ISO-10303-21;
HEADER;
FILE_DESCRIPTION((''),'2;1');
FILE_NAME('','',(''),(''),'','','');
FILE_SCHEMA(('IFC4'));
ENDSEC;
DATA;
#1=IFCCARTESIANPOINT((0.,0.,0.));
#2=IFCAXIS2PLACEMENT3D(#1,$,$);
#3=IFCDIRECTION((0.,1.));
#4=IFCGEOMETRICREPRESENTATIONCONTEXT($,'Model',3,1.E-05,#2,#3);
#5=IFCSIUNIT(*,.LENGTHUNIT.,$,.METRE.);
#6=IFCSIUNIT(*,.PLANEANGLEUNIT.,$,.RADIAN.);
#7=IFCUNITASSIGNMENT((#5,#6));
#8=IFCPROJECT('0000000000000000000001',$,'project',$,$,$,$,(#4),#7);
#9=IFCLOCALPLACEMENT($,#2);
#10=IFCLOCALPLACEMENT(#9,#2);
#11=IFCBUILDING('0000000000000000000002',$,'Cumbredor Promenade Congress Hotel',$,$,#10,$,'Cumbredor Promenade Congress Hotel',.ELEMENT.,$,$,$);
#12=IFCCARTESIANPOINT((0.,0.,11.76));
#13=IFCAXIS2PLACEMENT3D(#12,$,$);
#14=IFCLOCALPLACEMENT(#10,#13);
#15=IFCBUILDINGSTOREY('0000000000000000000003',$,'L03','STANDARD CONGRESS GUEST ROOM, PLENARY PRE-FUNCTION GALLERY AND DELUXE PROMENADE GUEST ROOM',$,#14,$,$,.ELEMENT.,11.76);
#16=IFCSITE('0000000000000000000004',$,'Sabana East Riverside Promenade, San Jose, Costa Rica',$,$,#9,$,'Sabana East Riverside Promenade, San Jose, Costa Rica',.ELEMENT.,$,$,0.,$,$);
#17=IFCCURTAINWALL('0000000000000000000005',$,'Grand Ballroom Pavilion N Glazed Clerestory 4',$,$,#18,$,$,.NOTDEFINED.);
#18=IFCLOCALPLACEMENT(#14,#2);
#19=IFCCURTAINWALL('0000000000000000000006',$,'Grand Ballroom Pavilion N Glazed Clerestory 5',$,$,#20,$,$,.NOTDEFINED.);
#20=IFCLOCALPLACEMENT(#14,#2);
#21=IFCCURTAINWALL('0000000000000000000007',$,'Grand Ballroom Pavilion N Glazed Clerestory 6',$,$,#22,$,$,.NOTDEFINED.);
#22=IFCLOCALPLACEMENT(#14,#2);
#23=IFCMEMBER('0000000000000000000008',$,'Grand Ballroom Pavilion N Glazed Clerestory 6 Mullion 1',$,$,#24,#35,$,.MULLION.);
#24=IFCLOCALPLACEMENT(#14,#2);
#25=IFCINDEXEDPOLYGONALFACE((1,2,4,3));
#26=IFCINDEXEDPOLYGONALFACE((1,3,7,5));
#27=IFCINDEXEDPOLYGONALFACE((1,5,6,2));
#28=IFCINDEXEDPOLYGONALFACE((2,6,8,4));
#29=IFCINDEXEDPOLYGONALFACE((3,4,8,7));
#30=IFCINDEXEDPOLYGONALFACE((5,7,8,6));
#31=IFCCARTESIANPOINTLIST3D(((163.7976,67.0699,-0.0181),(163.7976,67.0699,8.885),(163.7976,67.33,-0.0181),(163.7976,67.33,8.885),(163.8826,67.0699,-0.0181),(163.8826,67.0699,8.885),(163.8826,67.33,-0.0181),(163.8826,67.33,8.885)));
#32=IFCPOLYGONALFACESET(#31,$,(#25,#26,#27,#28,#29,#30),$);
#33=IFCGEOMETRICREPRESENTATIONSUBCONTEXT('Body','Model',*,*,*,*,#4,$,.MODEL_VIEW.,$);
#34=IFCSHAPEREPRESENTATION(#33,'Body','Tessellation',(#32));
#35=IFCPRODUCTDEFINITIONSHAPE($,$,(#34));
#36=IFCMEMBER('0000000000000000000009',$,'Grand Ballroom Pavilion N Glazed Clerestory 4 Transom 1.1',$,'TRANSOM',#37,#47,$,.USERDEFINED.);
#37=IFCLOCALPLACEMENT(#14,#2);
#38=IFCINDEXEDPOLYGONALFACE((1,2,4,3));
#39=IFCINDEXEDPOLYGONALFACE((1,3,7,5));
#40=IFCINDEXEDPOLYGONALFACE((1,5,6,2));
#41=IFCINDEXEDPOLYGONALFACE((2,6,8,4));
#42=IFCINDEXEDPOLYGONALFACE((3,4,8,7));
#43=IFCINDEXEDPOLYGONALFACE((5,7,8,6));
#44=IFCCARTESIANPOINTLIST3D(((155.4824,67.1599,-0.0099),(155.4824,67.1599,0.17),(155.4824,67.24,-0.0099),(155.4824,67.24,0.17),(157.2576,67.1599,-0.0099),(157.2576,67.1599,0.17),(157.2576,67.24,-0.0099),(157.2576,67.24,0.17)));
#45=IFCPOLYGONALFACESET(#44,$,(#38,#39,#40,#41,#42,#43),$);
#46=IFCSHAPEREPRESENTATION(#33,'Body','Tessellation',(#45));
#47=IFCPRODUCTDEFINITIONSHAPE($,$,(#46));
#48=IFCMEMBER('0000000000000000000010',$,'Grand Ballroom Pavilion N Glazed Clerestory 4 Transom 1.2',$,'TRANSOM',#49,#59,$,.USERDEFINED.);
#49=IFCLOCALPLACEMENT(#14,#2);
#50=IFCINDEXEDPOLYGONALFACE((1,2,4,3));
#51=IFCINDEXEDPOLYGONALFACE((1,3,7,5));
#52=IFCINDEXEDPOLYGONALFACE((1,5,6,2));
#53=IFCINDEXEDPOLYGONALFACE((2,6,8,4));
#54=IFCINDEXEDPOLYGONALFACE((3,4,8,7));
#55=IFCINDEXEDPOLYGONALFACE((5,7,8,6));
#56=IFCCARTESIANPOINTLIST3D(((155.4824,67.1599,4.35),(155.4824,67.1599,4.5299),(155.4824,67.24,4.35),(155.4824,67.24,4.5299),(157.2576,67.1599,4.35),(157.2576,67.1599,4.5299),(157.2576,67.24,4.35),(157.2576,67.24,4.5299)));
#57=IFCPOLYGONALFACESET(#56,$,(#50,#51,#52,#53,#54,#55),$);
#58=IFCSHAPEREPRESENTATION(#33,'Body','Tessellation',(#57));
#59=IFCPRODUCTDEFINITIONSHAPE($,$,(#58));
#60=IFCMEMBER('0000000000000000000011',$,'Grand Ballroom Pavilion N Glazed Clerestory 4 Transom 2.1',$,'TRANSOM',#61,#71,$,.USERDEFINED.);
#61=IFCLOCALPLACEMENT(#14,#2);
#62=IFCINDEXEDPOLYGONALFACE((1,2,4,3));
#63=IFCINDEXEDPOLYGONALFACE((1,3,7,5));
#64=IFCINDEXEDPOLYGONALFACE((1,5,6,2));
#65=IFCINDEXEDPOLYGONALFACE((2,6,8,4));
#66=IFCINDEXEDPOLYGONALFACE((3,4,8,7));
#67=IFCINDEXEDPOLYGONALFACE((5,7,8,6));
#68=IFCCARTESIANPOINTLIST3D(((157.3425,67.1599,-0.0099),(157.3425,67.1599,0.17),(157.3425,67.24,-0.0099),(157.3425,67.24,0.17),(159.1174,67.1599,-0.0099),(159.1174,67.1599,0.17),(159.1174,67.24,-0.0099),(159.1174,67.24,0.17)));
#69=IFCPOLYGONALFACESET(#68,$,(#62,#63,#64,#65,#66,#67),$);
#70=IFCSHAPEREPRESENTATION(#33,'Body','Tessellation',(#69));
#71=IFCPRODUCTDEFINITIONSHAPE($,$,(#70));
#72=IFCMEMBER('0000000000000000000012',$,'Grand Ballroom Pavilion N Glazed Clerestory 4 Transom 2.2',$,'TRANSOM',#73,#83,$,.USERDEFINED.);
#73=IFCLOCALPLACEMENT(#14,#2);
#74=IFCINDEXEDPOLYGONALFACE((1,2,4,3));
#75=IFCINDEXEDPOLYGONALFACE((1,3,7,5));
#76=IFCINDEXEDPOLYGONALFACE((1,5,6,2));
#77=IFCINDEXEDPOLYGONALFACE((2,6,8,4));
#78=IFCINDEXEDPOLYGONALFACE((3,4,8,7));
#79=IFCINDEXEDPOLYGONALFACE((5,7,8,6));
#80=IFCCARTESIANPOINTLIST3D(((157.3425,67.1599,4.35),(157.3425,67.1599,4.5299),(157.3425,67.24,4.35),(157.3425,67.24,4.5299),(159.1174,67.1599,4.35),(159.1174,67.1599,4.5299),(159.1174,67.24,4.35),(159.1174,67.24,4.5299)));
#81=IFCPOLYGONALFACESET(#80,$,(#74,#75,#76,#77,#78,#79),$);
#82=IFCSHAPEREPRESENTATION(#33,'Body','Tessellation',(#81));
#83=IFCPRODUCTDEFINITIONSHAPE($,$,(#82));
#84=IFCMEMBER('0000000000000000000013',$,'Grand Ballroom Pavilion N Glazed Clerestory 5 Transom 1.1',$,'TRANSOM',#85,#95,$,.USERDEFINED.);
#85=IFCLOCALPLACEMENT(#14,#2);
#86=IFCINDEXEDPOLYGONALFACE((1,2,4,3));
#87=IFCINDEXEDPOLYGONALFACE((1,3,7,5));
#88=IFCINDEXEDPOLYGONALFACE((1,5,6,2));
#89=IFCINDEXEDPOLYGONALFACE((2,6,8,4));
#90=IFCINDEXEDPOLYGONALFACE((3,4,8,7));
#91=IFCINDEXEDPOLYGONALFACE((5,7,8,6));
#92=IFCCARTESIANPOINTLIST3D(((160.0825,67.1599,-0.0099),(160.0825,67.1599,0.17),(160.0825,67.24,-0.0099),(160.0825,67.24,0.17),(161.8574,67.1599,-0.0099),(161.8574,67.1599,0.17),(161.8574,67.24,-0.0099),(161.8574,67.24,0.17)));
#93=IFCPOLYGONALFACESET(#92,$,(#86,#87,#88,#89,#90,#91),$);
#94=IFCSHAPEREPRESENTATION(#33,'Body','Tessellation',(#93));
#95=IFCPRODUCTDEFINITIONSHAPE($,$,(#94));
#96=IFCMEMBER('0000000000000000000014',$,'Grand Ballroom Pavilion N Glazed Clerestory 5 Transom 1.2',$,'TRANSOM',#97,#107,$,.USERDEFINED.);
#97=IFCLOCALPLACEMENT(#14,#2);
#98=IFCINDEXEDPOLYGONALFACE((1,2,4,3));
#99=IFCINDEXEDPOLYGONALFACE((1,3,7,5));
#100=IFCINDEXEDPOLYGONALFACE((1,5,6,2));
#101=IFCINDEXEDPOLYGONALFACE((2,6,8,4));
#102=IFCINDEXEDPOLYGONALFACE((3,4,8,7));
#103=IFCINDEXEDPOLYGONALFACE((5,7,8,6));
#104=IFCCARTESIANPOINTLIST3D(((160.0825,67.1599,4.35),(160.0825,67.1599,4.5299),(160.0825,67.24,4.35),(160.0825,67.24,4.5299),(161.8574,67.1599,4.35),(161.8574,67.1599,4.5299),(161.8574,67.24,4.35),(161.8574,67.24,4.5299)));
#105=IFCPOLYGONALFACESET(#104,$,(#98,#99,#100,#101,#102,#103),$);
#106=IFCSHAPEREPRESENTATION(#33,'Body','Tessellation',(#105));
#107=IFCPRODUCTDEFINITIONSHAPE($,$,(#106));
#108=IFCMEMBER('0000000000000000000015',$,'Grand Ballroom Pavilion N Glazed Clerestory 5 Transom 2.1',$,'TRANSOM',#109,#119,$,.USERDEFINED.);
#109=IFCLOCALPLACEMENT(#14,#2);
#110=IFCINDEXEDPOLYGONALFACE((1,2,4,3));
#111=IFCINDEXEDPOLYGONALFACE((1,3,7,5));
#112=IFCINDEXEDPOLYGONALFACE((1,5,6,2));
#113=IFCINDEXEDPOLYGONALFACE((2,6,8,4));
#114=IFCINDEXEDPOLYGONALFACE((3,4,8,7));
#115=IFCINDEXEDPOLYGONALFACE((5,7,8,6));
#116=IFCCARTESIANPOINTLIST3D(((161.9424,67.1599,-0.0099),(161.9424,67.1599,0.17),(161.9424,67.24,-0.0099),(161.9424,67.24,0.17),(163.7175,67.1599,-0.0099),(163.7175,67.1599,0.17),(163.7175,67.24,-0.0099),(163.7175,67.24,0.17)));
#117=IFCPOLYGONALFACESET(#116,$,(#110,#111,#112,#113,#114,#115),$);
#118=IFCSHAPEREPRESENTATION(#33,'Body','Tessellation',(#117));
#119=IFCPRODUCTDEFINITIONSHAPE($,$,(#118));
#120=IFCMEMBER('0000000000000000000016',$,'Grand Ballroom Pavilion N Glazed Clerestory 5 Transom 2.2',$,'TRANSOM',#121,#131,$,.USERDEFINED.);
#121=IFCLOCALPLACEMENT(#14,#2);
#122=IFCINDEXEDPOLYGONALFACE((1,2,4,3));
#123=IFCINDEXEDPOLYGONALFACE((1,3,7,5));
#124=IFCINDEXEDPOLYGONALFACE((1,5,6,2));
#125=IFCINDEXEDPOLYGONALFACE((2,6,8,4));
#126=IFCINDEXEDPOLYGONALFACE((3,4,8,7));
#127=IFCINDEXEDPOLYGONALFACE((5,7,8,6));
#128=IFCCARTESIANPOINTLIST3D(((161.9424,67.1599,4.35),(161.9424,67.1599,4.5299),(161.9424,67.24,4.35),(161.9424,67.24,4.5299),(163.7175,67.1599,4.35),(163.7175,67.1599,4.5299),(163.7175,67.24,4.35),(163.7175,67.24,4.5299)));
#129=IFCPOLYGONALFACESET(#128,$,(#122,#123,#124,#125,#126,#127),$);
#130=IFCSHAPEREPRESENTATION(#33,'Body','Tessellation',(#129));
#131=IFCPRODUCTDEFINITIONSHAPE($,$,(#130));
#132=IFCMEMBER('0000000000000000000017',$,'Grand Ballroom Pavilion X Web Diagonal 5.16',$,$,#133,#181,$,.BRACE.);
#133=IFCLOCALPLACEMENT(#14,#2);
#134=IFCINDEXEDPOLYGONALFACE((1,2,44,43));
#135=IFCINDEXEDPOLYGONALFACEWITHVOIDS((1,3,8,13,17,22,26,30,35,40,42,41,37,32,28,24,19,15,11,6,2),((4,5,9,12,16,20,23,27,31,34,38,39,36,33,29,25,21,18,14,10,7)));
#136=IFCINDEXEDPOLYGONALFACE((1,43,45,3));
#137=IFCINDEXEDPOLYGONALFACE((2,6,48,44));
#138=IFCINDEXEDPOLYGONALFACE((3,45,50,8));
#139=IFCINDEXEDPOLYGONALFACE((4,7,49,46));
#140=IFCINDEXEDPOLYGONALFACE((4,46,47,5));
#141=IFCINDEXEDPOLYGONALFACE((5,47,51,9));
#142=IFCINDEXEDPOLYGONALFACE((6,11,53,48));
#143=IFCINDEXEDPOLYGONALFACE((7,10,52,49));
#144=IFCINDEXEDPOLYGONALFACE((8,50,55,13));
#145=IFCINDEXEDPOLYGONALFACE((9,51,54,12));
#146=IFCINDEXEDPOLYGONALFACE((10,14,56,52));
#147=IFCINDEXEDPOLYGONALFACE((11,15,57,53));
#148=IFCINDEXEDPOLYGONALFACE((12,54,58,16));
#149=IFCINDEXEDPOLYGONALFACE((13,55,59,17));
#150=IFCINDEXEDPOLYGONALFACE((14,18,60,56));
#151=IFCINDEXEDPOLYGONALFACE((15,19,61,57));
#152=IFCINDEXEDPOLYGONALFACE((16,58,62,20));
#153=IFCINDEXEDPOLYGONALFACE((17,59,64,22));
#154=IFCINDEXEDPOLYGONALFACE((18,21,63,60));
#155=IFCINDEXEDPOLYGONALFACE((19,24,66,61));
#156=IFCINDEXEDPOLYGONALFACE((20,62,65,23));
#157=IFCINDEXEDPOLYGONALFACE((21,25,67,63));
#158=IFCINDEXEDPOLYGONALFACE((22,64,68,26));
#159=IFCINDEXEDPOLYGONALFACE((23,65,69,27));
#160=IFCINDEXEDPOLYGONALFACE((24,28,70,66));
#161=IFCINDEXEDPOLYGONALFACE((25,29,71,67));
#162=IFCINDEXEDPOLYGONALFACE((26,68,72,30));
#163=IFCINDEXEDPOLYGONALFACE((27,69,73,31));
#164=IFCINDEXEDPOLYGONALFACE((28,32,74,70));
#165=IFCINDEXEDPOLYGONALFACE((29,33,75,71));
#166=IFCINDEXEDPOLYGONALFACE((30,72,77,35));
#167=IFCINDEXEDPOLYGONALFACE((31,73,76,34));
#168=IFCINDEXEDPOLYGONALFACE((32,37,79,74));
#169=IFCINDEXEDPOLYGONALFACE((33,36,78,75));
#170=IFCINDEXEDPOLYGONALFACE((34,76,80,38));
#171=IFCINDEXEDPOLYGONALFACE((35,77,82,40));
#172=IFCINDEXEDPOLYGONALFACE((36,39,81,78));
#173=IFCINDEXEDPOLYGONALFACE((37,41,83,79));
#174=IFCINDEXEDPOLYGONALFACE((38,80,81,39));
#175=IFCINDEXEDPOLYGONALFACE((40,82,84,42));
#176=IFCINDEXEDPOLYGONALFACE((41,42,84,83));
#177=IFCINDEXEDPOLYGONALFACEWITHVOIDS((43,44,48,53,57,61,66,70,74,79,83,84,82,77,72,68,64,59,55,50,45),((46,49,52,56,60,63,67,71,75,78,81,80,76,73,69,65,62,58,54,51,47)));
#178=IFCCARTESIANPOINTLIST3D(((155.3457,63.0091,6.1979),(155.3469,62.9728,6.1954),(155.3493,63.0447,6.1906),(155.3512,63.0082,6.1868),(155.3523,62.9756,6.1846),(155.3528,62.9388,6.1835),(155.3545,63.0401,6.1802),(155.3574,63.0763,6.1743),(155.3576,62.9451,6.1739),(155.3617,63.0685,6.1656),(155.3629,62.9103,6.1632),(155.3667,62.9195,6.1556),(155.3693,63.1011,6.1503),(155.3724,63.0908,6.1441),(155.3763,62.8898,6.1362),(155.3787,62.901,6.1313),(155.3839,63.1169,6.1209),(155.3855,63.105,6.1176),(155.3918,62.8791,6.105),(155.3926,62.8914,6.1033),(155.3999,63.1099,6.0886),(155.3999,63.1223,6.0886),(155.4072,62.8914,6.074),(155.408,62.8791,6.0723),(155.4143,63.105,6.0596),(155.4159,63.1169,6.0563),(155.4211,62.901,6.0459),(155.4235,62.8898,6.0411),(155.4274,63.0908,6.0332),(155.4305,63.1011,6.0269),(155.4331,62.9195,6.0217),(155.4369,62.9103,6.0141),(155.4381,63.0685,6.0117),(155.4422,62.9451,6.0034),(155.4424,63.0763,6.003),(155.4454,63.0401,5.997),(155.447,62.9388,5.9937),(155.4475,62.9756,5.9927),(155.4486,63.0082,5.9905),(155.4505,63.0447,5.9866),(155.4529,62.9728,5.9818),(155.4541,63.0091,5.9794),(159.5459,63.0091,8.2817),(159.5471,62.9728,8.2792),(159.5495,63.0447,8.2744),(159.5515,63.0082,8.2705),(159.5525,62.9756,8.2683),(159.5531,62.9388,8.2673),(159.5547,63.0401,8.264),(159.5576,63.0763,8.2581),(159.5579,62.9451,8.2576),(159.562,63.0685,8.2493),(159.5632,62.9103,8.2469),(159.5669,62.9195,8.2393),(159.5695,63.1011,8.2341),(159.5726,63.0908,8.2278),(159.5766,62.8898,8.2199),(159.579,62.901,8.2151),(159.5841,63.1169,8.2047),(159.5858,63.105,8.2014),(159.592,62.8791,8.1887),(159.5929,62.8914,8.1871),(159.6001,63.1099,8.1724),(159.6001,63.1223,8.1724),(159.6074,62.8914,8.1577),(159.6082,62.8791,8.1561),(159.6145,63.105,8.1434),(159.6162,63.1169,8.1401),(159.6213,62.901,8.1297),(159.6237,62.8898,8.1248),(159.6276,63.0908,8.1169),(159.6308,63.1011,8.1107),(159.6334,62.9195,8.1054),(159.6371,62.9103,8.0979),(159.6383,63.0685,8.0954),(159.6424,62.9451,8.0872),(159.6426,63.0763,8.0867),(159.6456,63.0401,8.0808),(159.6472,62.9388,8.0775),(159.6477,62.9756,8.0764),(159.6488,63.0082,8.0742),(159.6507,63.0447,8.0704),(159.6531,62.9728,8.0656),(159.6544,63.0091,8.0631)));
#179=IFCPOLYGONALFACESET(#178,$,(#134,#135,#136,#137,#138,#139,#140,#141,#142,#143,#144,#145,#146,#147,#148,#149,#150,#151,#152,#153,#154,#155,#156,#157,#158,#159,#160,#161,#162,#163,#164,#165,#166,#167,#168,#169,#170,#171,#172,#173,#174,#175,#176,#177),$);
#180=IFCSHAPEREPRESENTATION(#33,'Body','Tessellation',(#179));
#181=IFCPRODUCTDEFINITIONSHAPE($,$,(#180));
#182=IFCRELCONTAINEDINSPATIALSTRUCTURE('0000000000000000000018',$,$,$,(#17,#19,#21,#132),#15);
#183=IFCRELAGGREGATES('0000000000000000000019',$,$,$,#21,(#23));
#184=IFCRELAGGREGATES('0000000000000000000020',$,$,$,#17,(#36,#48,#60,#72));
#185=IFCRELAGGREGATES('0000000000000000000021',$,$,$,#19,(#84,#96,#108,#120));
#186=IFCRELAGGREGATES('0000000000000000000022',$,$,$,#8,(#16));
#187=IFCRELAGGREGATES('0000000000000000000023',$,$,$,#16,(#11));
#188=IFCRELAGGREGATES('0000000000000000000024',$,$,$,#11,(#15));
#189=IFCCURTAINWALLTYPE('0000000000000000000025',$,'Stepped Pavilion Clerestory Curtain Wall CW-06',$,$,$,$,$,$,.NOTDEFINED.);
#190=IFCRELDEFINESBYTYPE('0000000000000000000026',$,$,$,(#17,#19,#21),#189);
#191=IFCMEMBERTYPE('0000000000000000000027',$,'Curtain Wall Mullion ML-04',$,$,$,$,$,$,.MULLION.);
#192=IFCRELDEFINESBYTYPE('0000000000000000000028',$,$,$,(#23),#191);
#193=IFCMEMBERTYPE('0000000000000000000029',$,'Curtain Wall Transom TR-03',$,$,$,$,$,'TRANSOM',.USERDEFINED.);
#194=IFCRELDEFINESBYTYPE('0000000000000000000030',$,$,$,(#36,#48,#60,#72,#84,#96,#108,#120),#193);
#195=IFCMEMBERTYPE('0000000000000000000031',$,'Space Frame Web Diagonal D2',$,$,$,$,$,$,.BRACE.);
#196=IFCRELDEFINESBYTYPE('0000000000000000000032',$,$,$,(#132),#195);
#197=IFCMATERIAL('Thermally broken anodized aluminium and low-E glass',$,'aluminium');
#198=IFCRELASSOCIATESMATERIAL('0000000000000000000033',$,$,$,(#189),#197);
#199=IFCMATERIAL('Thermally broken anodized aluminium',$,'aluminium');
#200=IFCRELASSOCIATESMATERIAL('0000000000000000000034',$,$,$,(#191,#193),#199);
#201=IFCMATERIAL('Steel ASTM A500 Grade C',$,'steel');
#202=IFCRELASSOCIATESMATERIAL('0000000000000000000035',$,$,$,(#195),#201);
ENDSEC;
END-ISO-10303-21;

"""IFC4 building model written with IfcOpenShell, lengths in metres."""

from ifc_helpers import new_model, si_unit, direction, frame, origin, origin_2d, place, context, subcontext, project, spatial, rectangle, hollow_circle, extrude, material, material_profile, profile_set, type_object, element, aggregate, save


model = new_model("IFC4")

# Units and contexts
model_context = context("Model", 3, precision=1e-05, world=origin(), true_north=direction((0.0, 1.0)))
body_context = subcontext(model_context, "Body", "Model", "MODEL_VIEW")
ifc_project = project(units=[si_unit("LENGTHUNIT", "METRE"), si_unit("PLANEANGLEUNIT", "RADIAN")], contexts=[model_context])

# Site, building, storey
site_placement = place(None, origin())
site = spatial("IfcSite", under=ifc_project, at=site_placement, Name="Sabana East Riverside Promenade, San Jose, Costa Rica", LongName="Sabana East Riverside Promenade, San Jose, Costa Rica", CompositionType="ELEMENT", RefElevation=0.0)
building_placement = place(site_placement, origin())
building = spatial("IfcBuilding", under=site, at=building_placement, Name="Cumbredor Promenade Congress Hotel", LongName="Cumbredor Promenade Congress Hotel", CompositionType="ELEMENT")
storey_placement = place(building_placement, frame((0.0, 0.0, 11.76)))
storey = spatial("IfcBuildingStorey", under=building, at=storey_placement, Name="L03", Description="STANDARD CONGRESS GUEST ROOM, PLENARY PRE-FUNCTION GALLERY AND DELUXE PROMENADE GUEST ROOM", CompositionType="ELEMENT", Elevation=11.76)

# Shared definitions
ifc_material_1 = material(Name="Steel ASTM A500 Grade C", Category="steel")

# Curtain walls
ifc_material_2 = material(Name="Thermally broken anodized aluminium and low-E glass", Category="aluminium")
curtain_wall_type = type_object("IfcCurtainWallType", Name="Stepped Pavilion Clerestory Curtain Wall CW-06", PredefinedType="NOTDEFINED", material=ifc_material_2)
curtain_wall_1_placement = place(storey_placement, origin())
curtain_wall_1 = element("IfcCurtainWall", 1, at=curtain_wall_1_placement, inside=storey, type_object=curtain_wall_type, Name="Grand Ballroom Pavilion N Glazed Clerestory 4", PredefinedType="NOTDEFINED")
ifc_material_3 = material(Name="Thermally broken anodized aluminium", Category="aluminium")
ifc_material_profile_1 = material_profile(ifc_material_3, rectangle(XDim=0.085, YDim=0.26, at=origin_2d()), Name="ALU MULLION CLERESTORY 85x260")
ifc_profile_set_1 = profile_set([ifc_material_profile_1], Name="Thermally broken anodized aluminium")
member_type_1 = type_object("IfcMemberType", Name="Curtain Wall Mullion ML-04", PredefinedType="MULLION", material=ifc_profile_set_1)
curtain_wall_2_placement = place(storey_placement, origin())
curtain_wall_2 = element("IfcCurtainWall", 2, at=curtain_wall_2_placement, inside=storey, type_object=curtain_wall_type, Name="Grand Ballroom Pavilion N Glazed Clerestory 5", PredefinedType="NOTDEFINED")

# Curtain wall, member
curtain_wall_3_placement = place(storey_placement, origin())
curtain_wall_3 = element("IfcCurtainWall", 3, at=curtain_wall_3_placement, inside=storey, type_object=curtain_wall_type, Name="Grand Ballroom Pavilion N Glazed Clerestory 6", PredefinedType="NOTDEFINED")
member_1_placement = place(storey_placement, frame((163.8401, 67.2, -0.0181), z_axis=(0.0, 0.0, 1.0), x_axis=(1.0, 0.0, 0.0)))
member_1 = element("IfcMember", 4, at=member_1_placement, type_object=member_type_1, Name="Grand Ballroom Pavilion N Glazed Clerestory 6 Mullion 1", PredefinedType="MULLION", context=body_context, shape_type="SweptSolid", body=[
    extrude(rectangle(XDim=0.085, YDim=0.26, at=origin_2d()), origin(), (0.0, 0.0, 1.0), 8.9031),
])
aggregate(curtain_wall_3, [member_1])

# Members
ifc_material_profile_2 = material_profile(ifc_material_3, rectangle(XDim=0.0801, YDim=0.1799, at=origin_2d()), Name="ALU TRANSOM 80x180")
ifc_profile_set_2 = profile_set([ifc_material_profile_2], Name="Thermally broken anodized aluminium")
member_type_2 = type_object("IfcMemberType", Name="Curtain Wall Transom TR-03", ElementType="TRANSOM", PredefinedType="USERDEFINED", material=ifc_profile_set_2)
member_2_placement = place(storey_placement, frame((155.4824, 67.2, 0.0801), z_axis=(1.0, 0.0, 0.0), x_axis=(0.0, 1.0, 0.0)))
member_2 = element("IfcMember", 5, at=member_2_placement, type_object=member_type_2, Name="Grand Ballroom Pavilion N Glazed Clerestory 4 Transom 1.1", ObjectType="TRANSOM", PredefinedType="USERDEFINED", context=body_context, shape_type="SweptSolid", body=[
    extrude(rectangle(XDim=0.0801, YDim=0.1799, at=origin_2d()), origin(), (0.0, 0.0, 1.0), 1.7751),
])
member_3_placement = place(storey_placement, frame((155.4824, 67.2, 4.4399), z_axis=(1.0, 0.0, 0.0), x_axis=(0.0, 1.0, 0.0)))
member_3 = element("IfcMember", 6, at=member_3_placement, type_object=member_type_2, Name="Grand Ballroom Pavilion N Glazed Clerestory 4 Transom 1.2", ObjectType="TRANSOM", PredefinedType="USERDEFINED", context=body_context, shape_type="SweptSolid", body=[
    extrude(rectangle(XDim=0.0801, YDim=0.1799, at=origin_2d()), origin(), (0.0, 0.0, 1.0), 1.7751),
])
member_4_placement = place(storey_placement, frame((157.3425, 67.2, 0.0801), z_axis=(1.0, 0.0, 0.0), x_axis=(0.0, 1.0, 0.0)))
member_4 = element("IfcMember", 7, at=member_4_placement, type_object=member_type_2, Name="Grand Ballroom Pavilion N Glazed Clerestory 4 Transom 2.1", ObjectType="TRANSOM", PredefinedType="USERDEFINED", context=body_context, shape_type="SweptSolid", body=[
    extrude(rectangle(XDim=0.0801, YDim=0.1799, at=origin_2d()), origin(), (0.0, 0.0, 1.0), 1.7749),
])
member_5_placement = place(storey_placement, frame((157.3425, 67.2, 4.4399), z_axis=(1.0, 0.0, 0.0), x_axis=(0.0, 1.0, 0.0)))
member_5 = element("IfcMember", 8, at=member_5_placement, type_object=member_type_2, Name="Grand Ballroom Pavilion N Glazed Clerestory 4 Transom 2.2", ObjectType="TRANSOM", PredefinedType="USERDEFINED", context=body_context, shape_type="SweptSolid", body=[
    extrude(rectangle(XDim=0.0801, YDim=0.1799, at=origin_2d()), origin(), (0.0, 0.0, 1.0), 1.7749),
])
member_6_placement = place(storey_placement, frame((160.0825, 67.2, 0.0801), z_axis=(1.0, 0.0, 0.0), x_axis=(0.0, 1.0, 0.0)))
member_6 = element("IfcMember", 9, at=member_6_placement, type_object=member_type_2, Name="Grand Ballroom Pavilion N Glazed Clerestory 5 Transom 1.1", ObjectType="TRANSOM", PredefinedType="USERDEFINED", context=body_context, shape_type="SweptSolid", body=[
    extrude(rectangle(XDim=0.0801, YDim=0.1799, at=origin_2d()), origin(), (0.0, 0.0, 1.0), 1.7749),
])
member_7_placement = place(storey_placement, frame((160.0825, 67.2, 4.4399), z_axis=(1.0, 0.0, 0.0), x_axis=(0.0, 1.0, 0.0)))
member_7 = element("IfcMember", 10, at=member_7_placement, type_object=member_type_2, Name="Grand Ballroom Pavilion N Glazed Clerestory 5 Transom 1.2", ObjectType="TRANSOM", PredefinedType="USERDEFINED", context=body_context, shape_type="SweptSolid", body=[
    extrude(rectangle(XDim=0.0801, YDim=0.1799, at=origin_2d()), origin(), (0.0, 0.0, 1.0), 1.7749),
])
member_8_placement = place(storey_placement, frame((161.9424, 67.2, 0.0801), z_axis=(1.0, 0.0, 0.0), x_axis=(0.0, 1.0, 0.0)))
member_8 = element("IfcMember", 11, at=member_8_placement, type_object=member_type_2, Name="Grand Ballroom Pavilion N Glazed Clerestory 5 Transom 2.1", ObjectType="TRANSOM", PredefinedType="USERDEFINED", context=body_context, shape_type="SweptSolid", body=[
    extrude(rectangle(XDim=0.0801, YDim=0.1799, at=origin_2d()), origin(), (0.0, 0.0, 1.0), 1.7751),
])
member_9_placement = place(storey_placement, frame((161.9424, 67.2, 4.4399), z_axis=(1.0, 0.0, 0.0), x_axis=(0.0, 1.0, 0.0)))
member_9 = element("IfcMember", 12, at=member_9_placement, type_object=member_type_2, Name="Grand Ballroom Pavilion N Glazed Clerestory 5 Transom 2.2", ObjectType="TRANSOM", PredefinedType="USERDEFINED", context=body_context, shape_type="SweptSolid", body=[
    extrude(rectangle(XDim=0.0801, YDim=0.1799, at=origin_2d()), origin(), (0.0, 0.0, 1.0), 1.7751),
])

# Member
ifc_material_profile_3 = material_profile(ifc_material_1, hollow_circle(Radius=0.1223, WallThickness=0.0125, at=origin_2d()), Name="CHS 244.5x12.5")
ifc_profile_set_3 = profile_set([ifc_material_profile_3], Name="Steel ASTM A500 Grade C")
member_type_3 = type_object("IfcMemberType", Name="Space Frame Web Diagonal D2", PredefinedType="BRACE", material=ifc_profile_set_3)
member_10_placement = place(storey_placement, frame((155.3999, 63.0, 6.0886), z_axis=(0.895818, 0.0, 0.44442), x_axis=(0.0, 1.0, 0.0)))
element("IfcMember", 13, at=member_10_placement, inside=storey, type_object=member_type_3, Name="Grand Ballroom Pavilion X Web Diagonal 5.16", PredefinedType="BRACE", context=body_context, shape_type="SweptSolid", body=[
    extrude(hollow_circle(Radius=0.1223, WallThickness=0.0125, at=origin_2d()), origin(), (0.0, 0.0, 1.0), 4.6887),
])

aggregate(curtain_wall_1, [member_2, member_3, member_4, member_5])
aggregate(curtain_wall_2, [member_6, member_7, member_8, member_9])

save(model, "model.ifc")
